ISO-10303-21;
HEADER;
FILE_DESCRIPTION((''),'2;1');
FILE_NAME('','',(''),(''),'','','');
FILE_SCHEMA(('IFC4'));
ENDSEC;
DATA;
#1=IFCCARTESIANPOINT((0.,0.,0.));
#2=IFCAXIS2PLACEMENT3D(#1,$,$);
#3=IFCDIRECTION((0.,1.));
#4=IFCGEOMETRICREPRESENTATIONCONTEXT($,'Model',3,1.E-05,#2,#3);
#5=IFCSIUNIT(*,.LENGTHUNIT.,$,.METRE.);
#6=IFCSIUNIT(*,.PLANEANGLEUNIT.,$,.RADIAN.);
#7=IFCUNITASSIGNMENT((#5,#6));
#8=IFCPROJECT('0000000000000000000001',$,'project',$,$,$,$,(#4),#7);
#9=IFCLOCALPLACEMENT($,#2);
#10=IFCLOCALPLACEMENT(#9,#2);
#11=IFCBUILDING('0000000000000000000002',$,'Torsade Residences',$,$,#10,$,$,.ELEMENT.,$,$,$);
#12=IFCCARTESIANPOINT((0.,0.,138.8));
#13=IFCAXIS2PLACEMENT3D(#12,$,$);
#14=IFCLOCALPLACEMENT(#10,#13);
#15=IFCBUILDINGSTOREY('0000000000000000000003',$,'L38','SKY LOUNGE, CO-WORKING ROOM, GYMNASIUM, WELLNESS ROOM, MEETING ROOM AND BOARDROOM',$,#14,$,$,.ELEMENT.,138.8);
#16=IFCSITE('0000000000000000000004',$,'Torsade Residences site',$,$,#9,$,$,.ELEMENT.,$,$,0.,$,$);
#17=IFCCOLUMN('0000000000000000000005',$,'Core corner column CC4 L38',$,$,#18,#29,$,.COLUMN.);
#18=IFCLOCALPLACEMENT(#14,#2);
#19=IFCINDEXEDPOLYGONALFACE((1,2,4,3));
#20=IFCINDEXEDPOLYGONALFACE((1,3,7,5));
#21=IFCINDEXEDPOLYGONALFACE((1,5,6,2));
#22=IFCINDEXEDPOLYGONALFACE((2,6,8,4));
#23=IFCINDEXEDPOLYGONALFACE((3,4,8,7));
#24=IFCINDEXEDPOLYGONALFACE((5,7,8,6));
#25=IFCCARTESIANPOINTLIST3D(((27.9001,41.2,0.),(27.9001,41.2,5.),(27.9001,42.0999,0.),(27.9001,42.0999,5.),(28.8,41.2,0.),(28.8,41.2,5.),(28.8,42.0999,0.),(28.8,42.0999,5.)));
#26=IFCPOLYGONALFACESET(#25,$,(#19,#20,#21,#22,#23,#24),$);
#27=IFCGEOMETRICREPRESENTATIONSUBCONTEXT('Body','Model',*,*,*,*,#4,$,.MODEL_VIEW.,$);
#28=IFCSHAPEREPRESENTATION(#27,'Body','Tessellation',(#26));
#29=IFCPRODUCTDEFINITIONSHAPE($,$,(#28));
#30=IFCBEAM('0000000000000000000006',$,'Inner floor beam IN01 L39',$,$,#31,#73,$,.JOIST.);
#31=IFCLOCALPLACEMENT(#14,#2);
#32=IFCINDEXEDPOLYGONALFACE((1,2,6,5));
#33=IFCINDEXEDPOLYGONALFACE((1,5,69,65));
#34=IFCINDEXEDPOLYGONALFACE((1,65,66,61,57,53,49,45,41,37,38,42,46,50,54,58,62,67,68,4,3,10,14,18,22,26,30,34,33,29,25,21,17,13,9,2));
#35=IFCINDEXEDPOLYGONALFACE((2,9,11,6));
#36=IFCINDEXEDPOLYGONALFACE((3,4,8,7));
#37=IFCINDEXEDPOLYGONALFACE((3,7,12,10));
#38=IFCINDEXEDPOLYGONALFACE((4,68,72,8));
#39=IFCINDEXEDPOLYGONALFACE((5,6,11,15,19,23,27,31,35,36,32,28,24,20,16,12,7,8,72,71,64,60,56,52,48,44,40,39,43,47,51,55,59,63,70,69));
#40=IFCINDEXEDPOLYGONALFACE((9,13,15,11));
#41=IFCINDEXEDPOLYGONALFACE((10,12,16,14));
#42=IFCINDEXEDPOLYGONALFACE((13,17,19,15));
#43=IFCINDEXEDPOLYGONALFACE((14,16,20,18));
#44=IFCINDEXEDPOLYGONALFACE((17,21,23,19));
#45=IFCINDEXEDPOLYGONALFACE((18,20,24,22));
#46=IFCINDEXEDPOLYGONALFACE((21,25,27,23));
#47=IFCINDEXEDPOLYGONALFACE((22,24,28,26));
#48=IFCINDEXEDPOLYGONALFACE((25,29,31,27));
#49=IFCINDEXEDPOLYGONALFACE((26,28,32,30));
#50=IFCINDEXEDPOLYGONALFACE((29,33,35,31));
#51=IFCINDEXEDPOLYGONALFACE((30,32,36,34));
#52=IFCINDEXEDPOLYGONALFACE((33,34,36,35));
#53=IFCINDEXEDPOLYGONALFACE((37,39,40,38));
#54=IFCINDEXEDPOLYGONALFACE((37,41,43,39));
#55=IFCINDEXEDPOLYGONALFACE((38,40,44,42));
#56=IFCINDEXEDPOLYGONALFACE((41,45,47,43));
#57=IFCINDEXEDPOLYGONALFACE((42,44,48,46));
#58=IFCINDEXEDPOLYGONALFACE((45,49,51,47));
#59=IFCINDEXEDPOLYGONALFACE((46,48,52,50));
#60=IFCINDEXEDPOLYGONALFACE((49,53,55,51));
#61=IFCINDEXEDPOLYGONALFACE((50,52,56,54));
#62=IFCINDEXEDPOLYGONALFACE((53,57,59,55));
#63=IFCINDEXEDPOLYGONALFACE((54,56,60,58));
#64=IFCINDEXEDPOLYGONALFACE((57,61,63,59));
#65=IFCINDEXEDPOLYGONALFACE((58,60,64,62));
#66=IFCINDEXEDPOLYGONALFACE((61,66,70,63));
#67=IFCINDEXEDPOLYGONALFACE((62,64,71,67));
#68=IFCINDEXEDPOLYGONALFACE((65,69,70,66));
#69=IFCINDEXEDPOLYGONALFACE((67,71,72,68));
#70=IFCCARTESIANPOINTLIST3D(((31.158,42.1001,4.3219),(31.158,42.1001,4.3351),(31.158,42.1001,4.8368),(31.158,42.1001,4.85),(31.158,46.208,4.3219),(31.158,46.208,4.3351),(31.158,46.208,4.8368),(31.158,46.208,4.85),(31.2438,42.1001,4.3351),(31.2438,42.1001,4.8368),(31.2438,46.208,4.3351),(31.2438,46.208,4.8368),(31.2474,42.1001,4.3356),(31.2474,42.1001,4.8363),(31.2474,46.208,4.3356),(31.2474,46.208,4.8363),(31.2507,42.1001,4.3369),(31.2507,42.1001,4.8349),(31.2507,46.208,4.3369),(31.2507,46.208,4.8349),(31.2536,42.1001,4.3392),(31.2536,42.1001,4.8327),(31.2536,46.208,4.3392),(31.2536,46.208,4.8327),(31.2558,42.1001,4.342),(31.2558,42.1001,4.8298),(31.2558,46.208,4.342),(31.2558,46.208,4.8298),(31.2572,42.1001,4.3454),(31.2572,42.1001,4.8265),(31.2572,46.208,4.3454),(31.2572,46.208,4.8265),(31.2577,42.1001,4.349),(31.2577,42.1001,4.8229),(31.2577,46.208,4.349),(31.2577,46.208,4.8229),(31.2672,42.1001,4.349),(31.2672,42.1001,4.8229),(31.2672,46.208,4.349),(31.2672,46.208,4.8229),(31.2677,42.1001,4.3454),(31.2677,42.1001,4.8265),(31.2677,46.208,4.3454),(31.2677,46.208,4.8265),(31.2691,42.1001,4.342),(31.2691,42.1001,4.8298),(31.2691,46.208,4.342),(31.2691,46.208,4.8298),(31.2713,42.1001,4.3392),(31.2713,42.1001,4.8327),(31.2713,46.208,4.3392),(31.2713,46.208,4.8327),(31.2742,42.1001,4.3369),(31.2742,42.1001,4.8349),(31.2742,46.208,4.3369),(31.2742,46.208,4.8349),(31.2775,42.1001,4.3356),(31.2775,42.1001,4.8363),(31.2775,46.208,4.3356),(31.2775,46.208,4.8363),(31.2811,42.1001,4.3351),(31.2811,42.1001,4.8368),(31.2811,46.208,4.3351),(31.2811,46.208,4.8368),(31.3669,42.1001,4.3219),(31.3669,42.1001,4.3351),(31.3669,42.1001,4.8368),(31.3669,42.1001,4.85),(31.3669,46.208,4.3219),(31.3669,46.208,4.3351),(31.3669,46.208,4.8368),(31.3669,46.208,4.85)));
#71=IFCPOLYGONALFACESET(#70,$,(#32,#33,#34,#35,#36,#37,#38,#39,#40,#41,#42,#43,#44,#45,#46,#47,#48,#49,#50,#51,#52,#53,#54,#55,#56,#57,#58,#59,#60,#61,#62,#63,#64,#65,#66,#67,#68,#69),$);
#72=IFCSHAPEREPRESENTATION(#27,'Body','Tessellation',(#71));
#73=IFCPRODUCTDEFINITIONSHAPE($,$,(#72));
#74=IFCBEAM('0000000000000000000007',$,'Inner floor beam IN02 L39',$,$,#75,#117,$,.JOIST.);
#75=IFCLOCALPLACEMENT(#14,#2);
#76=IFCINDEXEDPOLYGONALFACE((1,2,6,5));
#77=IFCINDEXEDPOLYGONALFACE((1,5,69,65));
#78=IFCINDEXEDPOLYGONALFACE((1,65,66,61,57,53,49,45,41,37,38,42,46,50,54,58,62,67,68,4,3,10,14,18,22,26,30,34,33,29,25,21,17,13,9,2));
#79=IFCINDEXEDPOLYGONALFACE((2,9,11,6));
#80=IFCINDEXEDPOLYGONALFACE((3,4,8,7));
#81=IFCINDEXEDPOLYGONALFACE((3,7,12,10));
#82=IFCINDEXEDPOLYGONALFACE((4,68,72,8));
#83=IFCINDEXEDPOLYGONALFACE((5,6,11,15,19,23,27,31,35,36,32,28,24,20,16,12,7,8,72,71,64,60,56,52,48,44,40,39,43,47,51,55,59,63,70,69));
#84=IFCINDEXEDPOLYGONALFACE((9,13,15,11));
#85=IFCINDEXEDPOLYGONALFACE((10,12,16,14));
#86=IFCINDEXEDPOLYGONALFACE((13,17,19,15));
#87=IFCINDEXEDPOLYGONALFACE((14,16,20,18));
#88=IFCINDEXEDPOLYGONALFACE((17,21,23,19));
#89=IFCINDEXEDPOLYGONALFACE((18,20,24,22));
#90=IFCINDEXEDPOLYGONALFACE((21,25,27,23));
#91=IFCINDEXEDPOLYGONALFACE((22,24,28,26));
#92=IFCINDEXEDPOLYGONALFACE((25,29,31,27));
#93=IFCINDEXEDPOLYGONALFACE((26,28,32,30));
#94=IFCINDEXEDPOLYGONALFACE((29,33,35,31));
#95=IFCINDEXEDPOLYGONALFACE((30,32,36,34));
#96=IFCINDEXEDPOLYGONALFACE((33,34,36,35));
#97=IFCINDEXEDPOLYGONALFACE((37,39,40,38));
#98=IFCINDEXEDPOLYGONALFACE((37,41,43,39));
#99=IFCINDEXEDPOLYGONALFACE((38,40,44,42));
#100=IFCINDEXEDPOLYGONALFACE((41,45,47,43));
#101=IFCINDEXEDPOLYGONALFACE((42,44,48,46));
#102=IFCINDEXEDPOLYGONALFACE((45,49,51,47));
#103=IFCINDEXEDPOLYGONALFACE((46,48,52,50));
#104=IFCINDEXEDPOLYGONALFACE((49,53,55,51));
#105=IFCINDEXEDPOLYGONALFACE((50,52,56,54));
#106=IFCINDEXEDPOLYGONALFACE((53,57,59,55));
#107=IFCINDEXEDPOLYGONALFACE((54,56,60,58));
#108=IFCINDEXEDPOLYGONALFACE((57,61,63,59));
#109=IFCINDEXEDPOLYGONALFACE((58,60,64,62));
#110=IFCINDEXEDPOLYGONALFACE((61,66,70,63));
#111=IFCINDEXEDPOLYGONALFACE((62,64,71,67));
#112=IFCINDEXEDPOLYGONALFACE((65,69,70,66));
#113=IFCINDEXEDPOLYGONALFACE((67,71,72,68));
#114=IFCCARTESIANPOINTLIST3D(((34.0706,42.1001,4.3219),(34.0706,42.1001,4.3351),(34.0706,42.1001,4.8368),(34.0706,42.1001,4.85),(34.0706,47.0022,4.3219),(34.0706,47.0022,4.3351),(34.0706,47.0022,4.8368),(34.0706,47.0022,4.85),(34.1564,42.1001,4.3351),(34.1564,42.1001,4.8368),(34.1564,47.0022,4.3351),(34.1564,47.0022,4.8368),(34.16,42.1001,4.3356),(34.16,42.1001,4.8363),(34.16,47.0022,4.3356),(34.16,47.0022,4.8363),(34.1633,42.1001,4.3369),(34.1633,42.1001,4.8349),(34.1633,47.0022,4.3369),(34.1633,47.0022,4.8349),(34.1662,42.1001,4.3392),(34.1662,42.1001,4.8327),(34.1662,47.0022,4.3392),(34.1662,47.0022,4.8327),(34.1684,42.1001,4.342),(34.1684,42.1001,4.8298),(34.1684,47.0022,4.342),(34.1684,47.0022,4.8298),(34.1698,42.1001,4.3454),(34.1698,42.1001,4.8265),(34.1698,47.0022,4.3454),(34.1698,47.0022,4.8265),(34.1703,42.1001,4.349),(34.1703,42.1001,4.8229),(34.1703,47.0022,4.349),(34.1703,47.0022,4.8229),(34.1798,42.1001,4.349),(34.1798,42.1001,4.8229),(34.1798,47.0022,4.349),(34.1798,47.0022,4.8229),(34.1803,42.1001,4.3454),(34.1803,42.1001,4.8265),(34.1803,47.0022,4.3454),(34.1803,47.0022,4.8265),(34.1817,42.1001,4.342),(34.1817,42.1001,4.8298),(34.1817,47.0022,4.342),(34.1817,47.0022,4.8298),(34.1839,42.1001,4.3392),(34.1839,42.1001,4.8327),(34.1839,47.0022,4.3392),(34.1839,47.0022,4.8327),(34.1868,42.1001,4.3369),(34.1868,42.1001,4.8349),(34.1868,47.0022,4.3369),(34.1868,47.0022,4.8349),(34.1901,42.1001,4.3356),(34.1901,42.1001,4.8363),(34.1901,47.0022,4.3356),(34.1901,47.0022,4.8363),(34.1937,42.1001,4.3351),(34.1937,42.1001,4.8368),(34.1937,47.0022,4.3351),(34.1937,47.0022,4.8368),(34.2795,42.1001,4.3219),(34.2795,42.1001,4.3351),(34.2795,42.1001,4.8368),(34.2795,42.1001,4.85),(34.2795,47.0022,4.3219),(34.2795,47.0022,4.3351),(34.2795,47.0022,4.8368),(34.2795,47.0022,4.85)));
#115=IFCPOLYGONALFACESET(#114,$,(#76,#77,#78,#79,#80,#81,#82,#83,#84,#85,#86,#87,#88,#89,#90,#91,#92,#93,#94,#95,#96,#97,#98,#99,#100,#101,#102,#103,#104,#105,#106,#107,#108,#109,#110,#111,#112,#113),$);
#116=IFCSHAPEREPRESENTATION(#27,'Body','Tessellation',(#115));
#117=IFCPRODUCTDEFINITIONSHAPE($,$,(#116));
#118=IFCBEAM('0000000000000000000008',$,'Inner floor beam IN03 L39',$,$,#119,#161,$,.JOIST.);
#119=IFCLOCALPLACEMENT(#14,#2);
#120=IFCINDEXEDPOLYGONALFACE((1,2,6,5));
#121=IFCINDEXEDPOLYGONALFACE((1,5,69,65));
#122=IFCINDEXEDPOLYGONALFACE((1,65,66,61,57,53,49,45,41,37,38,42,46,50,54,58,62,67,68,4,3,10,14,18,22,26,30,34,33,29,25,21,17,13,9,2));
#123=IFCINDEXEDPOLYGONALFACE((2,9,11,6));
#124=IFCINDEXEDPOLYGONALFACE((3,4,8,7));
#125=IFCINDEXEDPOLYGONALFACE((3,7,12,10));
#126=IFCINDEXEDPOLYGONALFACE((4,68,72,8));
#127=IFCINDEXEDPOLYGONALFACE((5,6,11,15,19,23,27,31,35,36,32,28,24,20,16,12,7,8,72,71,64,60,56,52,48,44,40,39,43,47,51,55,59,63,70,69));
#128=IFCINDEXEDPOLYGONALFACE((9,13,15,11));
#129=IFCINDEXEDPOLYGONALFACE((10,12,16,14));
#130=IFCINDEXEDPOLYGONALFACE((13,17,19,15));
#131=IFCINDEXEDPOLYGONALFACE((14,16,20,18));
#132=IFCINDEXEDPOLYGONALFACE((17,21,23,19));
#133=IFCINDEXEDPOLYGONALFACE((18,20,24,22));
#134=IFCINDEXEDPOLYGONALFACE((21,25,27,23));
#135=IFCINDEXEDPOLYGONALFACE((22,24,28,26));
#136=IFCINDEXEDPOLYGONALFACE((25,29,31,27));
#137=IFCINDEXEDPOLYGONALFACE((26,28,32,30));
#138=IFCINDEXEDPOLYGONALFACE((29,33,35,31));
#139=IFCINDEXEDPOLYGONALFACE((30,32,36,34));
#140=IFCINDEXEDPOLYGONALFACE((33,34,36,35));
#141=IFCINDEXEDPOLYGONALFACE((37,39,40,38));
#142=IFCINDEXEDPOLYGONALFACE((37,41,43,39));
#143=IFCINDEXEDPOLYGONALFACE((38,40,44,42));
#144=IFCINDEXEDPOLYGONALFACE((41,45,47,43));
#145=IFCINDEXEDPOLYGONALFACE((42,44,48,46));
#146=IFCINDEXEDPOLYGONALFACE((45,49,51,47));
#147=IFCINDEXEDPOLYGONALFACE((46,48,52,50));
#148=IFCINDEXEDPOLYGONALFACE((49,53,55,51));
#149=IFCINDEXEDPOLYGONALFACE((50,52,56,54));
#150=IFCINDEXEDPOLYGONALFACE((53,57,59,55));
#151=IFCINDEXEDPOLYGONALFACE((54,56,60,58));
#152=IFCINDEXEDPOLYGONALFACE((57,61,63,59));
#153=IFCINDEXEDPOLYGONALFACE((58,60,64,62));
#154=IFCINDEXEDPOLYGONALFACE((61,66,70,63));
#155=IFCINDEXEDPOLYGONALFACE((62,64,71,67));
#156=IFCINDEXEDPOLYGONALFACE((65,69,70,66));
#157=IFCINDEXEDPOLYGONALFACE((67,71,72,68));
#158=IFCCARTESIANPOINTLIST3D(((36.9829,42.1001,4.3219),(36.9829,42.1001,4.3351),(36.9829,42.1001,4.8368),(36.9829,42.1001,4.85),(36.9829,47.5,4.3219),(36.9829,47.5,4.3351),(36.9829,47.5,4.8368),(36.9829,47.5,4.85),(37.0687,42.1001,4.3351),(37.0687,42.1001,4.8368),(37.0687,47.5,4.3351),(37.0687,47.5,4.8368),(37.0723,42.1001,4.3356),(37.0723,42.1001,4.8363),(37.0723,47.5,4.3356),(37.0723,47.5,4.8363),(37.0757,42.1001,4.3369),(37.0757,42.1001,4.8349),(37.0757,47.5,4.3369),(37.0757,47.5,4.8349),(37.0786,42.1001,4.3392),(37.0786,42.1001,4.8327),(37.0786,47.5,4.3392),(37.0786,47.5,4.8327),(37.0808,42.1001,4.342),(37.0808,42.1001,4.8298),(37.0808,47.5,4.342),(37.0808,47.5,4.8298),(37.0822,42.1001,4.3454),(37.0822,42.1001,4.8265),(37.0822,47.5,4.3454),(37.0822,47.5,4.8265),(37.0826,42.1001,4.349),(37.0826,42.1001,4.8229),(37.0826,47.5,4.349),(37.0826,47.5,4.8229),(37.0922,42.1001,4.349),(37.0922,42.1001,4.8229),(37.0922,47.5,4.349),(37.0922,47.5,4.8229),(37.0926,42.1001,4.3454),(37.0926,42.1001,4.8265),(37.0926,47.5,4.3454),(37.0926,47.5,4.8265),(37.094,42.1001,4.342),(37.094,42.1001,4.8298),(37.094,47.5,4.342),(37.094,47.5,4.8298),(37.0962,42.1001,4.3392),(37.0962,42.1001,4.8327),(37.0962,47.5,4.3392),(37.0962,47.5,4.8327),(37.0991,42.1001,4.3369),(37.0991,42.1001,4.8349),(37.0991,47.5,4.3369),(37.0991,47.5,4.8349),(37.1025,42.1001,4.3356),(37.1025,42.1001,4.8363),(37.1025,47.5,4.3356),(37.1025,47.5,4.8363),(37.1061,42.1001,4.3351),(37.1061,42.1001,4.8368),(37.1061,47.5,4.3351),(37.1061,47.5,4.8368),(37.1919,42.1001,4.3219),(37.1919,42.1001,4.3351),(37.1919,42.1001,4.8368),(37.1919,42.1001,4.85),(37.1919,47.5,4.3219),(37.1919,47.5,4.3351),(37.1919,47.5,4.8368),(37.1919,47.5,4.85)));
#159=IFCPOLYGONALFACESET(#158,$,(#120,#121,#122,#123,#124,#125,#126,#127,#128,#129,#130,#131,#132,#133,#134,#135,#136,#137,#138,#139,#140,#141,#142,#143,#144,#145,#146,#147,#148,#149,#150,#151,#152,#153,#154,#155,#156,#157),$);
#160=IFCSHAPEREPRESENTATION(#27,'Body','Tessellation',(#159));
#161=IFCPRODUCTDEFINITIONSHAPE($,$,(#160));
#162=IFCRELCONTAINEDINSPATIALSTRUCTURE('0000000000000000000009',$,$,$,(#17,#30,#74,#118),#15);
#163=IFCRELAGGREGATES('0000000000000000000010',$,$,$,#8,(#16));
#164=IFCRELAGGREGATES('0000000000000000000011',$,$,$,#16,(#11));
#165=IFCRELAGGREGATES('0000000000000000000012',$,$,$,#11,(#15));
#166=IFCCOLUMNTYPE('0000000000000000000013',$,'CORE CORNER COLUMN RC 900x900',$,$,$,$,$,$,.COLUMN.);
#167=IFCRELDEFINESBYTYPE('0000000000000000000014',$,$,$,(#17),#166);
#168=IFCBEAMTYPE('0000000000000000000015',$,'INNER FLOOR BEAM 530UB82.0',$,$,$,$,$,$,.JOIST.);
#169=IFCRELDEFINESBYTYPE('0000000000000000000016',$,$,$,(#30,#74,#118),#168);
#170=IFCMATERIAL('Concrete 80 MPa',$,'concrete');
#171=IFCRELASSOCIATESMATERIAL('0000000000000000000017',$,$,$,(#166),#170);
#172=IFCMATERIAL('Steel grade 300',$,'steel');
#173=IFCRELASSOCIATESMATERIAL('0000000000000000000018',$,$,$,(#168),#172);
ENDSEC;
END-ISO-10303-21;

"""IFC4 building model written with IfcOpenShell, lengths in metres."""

from ifc_helpers import new_model, si_unit, direction, frame, origin, origin_2d, place, context, subcontext, project, spatial, rectangle, i_section, extrude, material, material_profile, profile_set, type_object, element, save


model = new_model("IFC4")

# Units and contexts
model_context = context("Model", 3, precision=1e-05, world=origin(), true_north=direction((0.0, 1.0)))
body_context = subcontext(model_context, "Body", "Model", "MODEL_VIEW")
ifc_project = project(units=[si_unit("LENGTHUNIT", "METRE"), si_unit("PLANEANGLEUNIT", "RADIAN")], contexts=[model_context])

# Site, building, storey
site_placement = place(None, origin())
site = spatial("IfcSite", under=ifc_project, at=site_placement, Name="Torsade Residences site", CompositionType="ELEMENT", RefElevation=0.0)
building_placement = place(site_placement, origin())
building = spatial("IfcBuilding", under=site, at=building_placement, Name="Torsade Residences", CompositionType="ELEMENT")
storey_placement = place(building_placement, frame((0.0, 0.0, 138.8)))
storey = spatial("IfcBuildingStorey", under=building, at=storey_placement, Name="L38", Description="SKY LOUNGE, CO-WORKING ROOM, GYMNASIUM, WELLNESS ROOM, MEETING ROOM AND BOARDROOM", CompositionType="ELEMENT", Elevation=138.8)

# Column
ifc_material_1 = material(Name="Concrete 80 MPa", Category="concrete")
ifc_material_profile_1 = material_profile(ifc_material_1, rectangle(XDim=0.8999, YDim=0.8999, at=origin_2d()), Name="RC 900x900")
ifc_profile_set_1 = profile_set([ifc_material_profile_1], Name="Concrete 80 MPa")
column_type = type_object("IfcColumnType", Name="CORE CORNER COLUMN RC 900x900", PredefinedType="COLUMN", material=ifc_profile_set_1)
column_placement = place(storey_placement, frame((28.3501, 41.6499, 0.0), z_axis=(0.0, 0.0, 1.0), x_axis=(1.0, 0.0, 0.0)))
element("IfcColumn", 1, at=column_placement, inside=storey, type_object=column_type, Name="Core corner column CC4 L38", PredefinedType="COLUMN", context=body_context, shape_type="SweptSolid", body=[
    extrude(rectangle(XDim=0.8999, YDim=0.8999, at=origin_2d()), origin(), (0.0, 0.0, 1.0), 5.0),
])

# Beams
ifc_material_2 = material(Name="Steel grade 300", Category="steel")
ifc_material_profile_2 = material_profile(ifc_material_2, i_section(OverallWidth=0.209, OverallDepth=0.5281, WebThickness=0.0095, FlangeThickness=0.0132, FilletRadius=0.0139, at=origin_2d()), Name="530UB82.0")
ifc_profile_set_2 = profile_set([ifc_material_profile_2], Name="Steel grade 300")
beam_type = type_object("IfcBeamType", Name="INNER FLOOR BEAM 530UB82.0", PredefinedType="JOIST", material=ifc_profile_set_2)
beam_1_placement = place(storey_placement, frame((31.2625, 42.1001, 4.5859), z_axis=(0.0, 1.0, 0.0), x_axis=(-1.0, 0.0, 0.0)))
element("IfcBeam", 2, at=beam_1_placement, inside=storey, type_object=beam_type, Name="Inner floor beam IN01 L39", PredefinedType="JOIST", context=body_context, shape_type="SweptSolid", body=[
    extrude(i_section(OverallWidth=0.209, OverallDepth=0.5281, WebThickness=0.0095, FlangeThickness=0.0132, FilletRadius=0.0139, at=origin_2d()), origin(), (0.0, 0.0, 1.0), 4.1079),
])
beam_2_placement = place(storey_placement, frame((34.175, 42.1001, 4.5859), z_axis=(0.0, 1.0, 0.0), x_axis=(-1.0, 0.0, 0.0)))
element("IfcBeam", 3, at=beam_2_placement, inside=storey, type_object=beam_type, Name="Inner floor beam IN02 L39", PredefinedType="JOIST", context=body_context, shape_type="SweptSolid", body=[
    extrude(i_section(OverallWidth=0.209, OverallDepth=0.5281, WebThickness=0.0095, FlangeThickness=0.0132, FilletRadius=0.0139, at=origin_2d()), origin(), (0.0, 0.0, 1.0), 4.9021),
])
beam_3_placement = place(storey_placement, frame((37.0874, 42.1001, 4.5859), z_axis=(0.0, 1.0, 0.0), x_axis=(-1.0, 0.0, 0.0)))
element("IfcBeam", 4, at=beam_3_placement, inside=storey, type_object=beam_type, Name="Inner floor beam IN03 L39", PredefinedType="JOIST", context=body_context, shape_type="SweptSolid", body=[
    extrude(i_section(OverallWidth=0.209, OverallDepth=0.5281, WebThickness=0.0095, FlangeThickness=0.0132, FilletRadius=0.0139, at=origin_2d()), origin(), (0.0, 0.0, 1.0), 5.3999),
])

save(model, "model.ifc")
